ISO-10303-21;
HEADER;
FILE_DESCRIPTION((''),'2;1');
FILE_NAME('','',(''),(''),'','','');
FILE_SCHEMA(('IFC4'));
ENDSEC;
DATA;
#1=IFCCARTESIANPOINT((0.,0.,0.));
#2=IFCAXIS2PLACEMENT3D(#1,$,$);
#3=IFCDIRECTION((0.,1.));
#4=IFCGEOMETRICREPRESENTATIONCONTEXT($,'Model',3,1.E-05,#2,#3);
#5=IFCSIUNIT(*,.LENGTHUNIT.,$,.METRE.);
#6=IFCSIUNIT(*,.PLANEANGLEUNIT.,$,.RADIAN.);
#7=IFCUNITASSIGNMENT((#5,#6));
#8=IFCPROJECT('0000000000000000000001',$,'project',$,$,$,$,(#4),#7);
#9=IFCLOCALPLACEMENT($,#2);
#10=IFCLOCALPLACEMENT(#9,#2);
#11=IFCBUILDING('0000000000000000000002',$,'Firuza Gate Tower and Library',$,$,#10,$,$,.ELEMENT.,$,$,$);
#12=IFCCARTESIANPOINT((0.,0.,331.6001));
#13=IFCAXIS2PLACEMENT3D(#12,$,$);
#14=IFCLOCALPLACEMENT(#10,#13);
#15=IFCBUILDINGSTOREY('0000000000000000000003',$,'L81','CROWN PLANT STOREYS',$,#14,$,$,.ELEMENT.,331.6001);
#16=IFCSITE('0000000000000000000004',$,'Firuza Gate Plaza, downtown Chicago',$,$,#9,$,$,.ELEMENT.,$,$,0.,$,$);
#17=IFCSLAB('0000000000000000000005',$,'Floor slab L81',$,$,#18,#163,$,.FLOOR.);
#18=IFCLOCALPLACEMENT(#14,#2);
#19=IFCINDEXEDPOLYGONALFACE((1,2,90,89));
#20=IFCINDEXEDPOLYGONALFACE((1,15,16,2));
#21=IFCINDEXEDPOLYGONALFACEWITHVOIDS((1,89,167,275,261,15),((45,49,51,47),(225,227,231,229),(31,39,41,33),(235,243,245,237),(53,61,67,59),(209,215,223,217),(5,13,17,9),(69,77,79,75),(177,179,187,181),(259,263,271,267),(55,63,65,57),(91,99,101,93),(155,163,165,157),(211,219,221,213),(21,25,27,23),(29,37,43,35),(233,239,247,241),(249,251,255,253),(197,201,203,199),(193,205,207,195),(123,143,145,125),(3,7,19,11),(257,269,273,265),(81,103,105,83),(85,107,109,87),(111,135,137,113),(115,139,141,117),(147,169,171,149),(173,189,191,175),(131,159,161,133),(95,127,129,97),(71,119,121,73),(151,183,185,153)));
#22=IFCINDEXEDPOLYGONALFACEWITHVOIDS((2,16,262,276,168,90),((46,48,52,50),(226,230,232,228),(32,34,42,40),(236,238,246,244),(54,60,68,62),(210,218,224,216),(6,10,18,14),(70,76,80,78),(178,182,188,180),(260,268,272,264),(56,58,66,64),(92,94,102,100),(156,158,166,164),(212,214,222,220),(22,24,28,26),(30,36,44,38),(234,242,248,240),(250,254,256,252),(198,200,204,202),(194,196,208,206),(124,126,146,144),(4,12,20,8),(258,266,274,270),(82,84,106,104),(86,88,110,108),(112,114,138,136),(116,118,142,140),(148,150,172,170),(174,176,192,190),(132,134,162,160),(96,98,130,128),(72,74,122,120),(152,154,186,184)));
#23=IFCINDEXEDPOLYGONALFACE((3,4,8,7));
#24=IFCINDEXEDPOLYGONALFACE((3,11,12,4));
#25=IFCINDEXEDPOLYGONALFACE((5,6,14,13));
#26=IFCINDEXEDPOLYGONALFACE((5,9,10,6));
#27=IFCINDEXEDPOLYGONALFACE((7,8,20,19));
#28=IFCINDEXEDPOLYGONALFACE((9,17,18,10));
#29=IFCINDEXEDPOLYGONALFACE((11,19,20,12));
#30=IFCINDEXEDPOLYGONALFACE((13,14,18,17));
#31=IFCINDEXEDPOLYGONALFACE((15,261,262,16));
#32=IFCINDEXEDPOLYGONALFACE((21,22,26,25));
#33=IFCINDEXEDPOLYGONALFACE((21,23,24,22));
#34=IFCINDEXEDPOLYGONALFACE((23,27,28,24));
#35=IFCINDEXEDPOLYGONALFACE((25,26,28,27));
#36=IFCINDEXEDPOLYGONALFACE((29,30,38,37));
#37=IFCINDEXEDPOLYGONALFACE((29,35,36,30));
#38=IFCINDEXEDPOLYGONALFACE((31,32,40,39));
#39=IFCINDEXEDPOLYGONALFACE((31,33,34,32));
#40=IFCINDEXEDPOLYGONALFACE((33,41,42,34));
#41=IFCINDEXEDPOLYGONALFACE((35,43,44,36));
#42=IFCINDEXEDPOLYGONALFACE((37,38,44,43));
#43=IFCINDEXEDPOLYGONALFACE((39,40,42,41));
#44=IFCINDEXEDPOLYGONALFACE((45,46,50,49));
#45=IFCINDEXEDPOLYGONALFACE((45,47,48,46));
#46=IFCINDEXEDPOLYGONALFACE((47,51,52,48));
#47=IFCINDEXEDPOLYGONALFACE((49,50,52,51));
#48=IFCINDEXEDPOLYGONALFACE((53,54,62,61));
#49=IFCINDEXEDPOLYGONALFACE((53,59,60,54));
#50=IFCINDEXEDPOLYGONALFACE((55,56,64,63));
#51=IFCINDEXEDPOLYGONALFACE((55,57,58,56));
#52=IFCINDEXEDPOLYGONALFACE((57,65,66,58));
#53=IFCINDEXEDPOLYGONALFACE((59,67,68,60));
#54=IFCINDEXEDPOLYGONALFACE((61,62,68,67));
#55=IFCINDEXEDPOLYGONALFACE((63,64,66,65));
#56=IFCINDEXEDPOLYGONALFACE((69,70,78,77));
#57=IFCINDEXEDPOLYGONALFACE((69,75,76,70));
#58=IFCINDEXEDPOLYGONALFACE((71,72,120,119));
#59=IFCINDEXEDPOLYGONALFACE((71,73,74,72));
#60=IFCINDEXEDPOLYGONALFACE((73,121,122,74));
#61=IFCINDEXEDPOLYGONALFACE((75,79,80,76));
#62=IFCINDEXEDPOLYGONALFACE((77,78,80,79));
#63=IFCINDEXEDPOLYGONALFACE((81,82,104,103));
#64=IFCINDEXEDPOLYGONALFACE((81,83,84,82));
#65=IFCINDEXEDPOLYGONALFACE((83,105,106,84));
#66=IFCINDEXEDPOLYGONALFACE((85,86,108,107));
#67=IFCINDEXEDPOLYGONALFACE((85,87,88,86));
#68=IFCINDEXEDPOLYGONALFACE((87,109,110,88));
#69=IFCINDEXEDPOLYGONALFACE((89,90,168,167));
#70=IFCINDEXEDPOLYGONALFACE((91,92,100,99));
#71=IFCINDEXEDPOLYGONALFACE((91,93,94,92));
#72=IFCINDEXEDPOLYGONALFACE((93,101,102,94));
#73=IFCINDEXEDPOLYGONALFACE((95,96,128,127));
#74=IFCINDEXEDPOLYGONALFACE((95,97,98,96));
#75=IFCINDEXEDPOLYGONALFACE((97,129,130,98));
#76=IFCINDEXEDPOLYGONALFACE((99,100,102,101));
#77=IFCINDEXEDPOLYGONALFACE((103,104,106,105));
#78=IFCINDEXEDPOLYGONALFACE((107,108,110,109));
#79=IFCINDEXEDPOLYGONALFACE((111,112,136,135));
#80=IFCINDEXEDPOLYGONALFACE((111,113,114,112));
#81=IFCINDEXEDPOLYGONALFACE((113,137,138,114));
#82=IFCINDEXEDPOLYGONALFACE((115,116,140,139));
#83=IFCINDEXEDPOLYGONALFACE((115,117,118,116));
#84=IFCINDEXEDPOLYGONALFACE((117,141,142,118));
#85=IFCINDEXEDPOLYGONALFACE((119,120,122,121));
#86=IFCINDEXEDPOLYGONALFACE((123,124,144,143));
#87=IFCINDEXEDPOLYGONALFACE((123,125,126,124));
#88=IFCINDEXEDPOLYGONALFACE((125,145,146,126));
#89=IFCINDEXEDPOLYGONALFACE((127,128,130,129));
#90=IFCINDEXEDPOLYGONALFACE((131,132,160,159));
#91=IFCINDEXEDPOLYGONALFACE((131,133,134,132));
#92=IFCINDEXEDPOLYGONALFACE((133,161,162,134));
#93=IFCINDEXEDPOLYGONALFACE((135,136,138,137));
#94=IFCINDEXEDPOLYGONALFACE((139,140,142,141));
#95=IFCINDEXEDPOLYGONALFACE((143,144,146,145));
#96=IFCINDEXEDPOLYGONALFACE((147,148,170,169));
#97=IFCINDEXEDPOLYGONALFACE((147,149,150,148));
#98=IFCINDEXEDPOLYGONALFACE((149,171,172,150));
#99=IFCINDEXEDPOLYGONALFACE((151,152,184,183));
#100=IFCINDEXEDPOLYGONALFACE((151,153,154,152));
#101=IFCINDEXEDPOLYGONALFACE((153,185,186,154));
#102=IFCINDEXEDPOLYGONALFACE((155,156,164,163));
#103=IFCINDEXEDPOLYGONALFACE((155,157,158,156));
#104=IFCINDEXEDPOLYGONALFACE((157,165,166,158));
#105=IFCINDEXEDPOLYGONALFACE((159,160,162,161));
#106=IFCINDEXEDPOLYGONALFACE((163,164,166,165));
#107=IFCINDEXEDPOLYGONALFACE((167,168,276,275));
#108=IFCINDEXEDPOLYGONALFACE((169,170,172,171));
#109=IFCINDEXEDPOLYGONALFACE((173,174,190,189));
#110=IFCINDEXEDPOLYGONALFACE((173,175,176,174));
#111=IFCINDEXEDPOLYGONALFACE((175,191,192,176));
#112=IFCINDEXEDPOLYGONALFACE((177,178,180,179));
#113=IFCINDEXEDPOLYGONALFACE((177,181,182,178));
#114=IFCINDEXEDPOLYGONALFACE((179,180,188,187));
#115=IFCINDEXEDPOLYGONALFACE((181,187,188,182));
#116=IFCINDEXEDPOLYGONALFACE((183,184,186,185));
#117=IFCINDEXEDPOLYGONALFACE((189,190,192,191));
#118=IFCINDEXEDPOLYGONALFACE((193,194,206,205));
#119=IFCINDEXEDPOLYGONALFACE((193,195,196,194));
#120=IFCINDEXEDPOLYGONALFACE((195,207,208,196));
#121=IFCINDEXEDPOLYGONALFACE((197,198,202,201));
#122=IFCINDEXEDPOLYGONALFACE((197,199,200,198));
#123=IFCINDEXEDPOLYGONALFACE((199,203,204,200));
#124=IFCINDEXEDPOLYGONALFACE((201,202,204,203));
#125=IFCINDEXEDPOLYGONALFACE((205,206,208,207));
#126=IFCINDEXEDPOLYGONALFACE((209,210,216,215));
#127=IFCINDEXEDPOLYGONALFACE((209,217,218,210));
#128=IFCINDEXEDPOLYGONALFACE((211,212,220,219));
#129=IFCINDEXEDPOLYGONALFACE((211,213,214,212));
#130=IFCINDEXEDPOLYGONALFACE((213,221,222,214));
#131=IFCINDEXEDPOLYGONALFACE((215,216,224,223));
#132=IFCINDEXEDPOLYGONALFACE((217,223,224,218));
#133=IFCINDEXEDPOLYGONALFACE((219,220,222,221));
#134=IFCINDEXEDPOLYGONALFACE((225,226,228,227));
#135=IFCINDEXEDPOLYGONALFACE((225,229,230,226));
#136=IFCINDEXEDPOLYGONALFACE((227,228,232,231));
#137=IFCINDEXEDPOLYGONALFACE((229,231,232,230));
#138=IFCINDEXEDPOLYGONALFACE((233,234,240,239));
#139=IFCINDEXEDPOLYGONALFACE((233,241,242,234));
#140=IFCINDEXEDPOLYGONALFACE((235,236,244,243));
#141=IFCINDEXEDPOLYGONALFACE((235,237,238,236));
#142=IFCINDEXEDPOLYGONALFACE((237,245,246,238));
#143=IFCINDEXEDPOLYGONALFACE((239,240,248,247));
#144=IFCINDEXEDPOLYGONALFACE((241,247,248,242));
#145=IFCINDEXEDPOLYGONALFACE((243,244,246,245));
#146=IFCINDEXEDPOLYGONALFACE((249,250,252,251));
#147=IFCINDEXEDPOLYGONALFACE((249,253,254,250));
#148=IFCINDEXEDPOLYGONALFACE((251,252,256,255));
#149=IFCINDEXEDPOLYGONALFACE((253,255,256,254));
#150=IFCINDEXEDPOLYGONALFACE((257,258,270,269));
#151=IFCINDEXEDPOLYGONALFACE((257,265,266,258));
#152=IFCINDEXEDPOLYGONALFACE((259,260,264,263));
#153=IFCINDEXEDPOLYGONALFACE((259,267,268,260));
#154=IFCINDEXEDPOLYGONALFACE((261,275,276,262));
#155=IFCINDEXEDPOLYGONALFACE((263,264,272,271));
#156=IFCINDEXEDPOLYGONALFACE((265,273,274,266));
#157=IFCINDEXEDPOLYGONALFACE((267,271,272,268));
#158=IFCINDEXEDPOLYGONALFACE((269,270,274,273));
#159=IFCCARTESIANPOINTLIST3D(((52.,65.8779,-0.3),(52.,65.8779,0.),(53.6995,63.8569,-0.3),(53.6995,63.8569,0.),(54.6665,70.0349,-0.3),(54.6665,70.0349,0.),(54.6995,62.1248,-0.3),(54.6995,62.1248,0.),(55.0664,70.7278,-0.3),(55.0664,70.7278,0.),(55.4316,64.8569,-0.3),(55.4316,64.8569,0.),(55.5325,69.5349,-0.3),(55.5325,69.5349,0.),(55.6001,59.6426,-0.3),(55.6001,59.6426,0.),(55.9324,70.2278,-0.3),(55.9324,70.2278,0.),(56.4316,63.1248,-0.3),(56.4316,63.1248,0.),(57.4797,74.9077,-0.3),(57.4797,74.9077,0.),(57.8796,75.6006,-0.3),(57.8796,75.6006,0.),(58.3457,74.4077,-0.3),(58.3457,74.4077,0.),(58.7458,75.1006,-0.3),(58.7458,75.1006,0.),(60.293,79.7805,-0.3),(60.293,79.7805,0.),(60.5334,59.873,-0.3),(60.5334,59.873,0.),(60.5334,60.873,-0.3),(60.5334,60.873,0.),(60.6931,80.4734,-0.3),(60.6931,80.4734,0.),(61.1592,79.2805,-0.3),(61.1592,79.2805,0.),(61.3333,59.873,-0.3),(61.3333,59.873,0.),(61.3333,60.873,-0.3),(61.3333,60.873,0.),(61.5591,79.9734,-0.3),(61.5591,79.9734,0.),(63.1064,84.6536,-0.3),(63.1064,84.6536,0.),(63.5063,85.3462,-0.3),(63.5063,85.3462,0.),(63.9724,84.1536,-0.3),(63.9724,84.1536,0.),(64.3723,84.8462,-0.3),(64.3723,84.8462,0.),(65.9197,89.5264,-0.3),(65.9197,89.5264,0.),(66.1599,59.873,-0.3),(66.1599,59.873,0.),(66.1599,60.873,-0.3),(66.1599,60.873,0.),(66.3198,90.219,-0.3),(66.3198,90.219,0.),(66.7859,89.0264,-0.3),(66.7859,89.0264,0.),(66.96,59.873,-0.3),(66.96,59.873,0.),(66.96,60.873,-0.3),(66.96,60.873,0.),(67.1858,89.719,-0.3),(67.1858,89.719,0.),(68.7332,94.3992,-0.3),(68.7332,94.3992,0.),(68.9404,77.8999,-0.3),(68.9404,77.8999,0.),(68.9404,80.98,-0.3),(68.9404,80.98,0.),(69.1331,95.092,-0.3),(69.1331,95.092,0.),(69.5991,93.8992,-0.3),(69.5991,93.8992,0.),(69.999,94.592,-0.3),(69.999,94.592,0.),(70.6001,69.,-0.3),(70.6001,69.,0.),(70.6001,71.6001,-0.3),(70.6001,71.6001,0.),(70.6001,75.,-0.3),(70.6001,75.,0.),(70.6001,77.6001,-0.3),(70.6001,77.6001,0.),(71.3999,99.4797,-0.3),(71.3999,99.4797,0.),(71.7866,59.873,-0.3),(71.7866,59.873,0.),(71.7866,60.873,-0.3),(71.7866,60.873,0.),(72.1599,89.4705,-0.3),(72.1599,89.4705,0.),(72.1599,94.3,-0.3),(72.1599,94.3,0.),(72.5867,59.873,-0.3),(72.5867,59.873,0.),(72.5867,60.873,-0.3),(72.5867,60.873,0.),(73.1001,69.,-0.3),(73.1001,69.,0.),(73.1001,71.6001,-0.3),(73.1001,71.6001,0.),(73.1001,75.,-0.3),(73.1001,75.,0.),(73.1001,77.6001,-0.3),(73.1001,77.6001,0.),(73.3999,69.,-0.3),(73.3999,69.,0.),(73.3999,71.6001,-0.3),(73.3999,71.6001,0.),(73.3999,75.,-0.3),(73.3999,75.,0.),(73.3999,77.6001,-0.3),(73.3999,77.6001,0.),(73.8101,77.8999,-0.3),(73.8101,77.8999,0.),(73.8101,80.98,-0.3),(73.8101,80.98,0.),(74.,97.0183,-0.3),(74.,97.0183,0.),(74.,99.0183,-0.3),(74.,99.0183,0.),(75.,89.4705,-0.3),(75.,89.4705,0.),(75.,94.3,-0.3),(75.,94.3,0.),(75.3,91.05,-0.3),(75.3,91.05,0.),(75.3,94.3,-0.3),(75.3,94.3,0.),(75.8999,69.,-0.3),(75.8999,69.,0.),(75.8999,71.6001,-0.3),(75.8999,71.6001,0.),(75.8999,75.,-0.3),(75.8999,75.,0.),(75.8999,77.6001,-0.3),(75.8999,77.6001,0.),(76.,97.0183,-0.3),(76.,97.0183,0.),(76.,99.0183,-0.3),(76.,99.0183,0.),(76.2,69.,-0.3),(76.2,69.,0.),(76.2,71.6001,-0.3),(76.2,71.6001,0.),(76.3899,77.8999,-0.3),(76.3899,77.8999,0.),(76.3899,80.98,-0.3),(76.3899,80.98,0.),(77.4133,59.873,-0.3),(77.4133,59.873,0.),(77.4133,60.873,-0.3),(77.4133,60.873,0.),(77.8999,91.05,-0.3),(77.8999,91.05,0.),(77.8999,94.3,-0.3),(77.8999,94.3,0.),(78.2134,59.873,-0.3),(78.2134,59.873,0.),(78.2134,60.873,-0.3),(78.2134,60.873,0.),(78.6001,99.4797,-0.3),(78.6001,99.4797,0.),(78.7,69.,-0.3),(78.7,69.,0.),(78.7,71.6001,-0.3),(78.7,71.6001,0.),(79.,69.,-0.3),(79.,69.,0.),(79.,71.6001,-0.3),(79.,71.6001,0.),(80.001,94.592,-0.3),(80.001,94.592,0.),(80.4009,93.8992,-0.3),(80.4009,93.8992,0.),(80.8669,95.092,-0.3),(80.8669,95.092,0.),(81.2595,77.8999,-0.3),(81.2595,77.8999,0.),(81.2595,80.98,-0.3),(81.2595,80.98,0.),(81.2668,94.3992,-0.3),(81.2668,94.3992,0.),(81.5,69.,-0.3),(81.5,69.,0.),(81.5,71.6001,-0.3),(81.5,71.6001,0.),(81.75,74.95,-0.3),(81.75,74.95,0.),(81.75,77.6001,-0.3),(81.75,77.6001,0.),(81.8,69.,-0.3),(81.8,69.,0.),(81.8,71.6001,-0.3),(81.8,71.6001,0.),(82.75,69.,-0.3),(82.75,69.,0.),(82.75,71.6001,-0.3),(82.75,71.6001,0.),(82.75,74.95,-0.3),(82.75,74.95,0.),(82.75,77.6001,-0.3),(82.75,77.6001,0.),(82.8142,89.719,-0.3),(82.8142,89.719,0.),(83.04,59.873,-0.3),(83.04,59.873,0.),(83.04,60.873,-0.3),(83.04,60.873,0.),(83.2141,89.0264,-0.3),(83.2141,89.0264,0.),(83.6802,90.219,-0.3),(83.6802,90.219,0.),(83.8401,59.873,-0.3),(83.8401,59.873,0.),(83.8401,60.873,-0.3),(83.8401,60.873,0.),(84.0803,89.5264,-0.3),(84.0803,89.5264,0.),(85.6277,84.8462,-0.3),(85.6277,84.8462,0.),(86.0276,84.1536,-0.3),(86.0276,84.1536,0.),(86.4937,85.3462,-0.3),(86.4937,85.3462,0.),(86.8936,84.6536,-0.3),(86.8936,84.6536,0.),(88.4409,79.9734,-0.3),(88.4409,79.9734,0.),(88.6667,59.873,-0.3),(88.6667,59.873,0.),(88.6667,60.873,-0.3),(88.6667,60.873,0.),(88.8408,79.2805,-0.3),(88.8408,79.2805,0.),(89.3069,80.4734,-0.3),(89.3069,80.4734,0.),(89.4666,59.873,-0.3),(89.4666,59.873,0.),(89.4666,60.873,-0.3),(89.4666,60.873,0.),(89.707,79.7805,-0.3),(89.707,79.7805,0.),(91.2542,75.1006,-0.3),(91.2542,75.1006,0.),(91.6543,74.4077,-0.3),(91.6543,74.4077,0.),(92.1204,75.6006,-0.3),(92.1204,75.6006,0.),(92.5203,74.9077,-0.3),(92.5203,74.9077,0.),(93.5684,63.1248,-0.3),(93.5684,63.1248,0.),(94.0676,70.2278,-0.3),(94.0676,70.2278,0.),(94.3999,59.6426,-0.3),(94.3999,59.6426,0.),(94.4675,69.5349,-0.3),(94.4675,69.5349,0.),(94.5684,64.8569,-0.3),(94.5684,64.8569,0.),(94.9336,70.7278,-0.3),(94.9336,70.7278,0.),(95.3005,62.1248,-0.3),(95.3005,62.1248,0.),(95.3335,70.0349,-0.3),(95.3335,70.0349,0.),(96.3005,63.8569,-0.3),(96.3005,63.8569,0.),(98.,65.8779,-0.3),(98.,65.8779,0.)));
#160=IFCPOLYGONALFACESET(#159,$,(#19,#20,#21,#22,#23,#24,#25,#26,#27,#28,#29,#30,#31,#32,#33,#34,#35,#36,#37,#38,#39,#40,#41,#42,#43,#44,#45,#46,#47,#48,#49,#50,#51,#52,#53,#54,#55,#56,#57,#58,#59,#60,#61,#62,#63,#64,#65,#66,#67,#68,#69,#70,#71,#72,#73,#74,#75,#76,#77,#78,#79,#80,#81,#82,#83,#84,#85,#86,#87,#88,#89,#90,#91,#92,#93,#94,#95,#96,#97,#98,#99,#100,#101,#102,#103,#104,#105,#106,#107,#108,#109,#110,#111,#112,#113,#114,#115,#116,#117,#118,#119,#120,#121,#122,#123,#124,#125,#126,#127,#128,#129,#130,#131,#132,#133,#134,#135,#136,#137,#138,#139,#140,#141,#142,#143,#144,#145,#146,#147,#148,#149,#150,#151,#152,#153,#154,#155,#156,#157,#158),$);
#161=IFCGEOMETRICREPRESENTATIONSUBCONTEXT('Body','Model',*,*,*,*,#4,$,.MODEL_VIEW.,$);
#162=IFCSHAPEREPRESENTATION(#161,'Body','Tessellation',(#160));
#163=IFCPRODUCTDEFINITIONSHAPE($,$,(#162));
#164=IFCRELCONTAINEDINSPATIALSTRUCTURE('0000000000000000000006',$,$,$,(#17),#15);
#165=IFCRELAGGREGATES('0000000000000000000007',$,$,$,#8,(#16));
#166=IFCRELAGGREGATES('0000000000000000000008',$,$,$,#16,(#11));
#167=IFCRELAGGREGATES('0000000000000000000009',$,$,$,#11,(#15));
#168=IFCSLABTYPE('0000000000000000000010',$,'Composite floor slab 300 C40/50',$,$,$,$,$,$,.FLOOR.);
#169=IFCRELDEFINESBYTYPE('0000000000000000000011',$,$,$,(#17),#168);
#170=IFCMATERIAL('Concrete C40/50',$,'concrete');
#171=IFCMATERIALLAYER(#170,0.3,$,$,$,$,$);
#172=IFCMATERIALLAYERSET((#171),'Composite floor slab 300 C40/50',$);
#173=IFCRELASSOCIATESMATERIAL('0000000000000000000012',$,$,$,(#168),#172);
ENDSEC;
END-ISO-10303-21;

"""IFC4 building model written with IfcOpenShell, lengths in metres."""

from ifc_helpers import new_model, si_unit, direction, frame, origin, place, context, subcontext, project, spatial, polyline, outline, extrude, material, layer, layer_set, type_object, element, save


model = new_model("IFC4")

# Units and contexts
model_context = context("Model", 3, precision=1e-05, world=origin(), true_north=direction((0.0, 1.0)))
body_context = subcontext(model_context, "Body", "Model", "MODEL_VIEW")
ifc_project = project(units=[si_unit("LENGTHUNIT", "METRE"), si_unit("PLANEANGLEUNIT", "RADIAN")], contexts=[model_context])

# Site, building, storey
site_placement = place(None, origin())
site = spatial("IfcSite", under=ifc_project, at=site_placement, Name="Firuza Gate Plaza, downtown Chicago", CompositionType="ELEMENT", RefElevation=0.0)
building_placement = place(site_placement, origin())
building = spatial("IfcBuilding", under=site, at=building_placement, Name="Firuza Gate Tower and Library", CompositionType="ELEMENT")
storey_placement = place(building_placement, frame((0.0, 0.0, 331.6001)))
storey = spatial("IfcBuildingStorey", under=building, at=storey_placement, Name="L81", Description="CROWN PLANT STOREYS", CompositionType="ELEMENT", Elevation=331.6001)

# Slab
ifc_material_1 = material(Name="Concrete C40/50", Category="concrete")
ifc_layer_1 = layer(ifc_material_1, 0.3)
ifc_layer_set_1 = layer_set([ifc_layer_1], Name="Composite floor slab 300 C40/50")
slab_type_1 = type_object("IfcSlabType", Name="Composite floor slab 300 C40/50", PredefinedType="FLOOR", material=ifc_layer_set_1)
slab_1_placement = place(storey_placement, frame((0.0, 0.0, -0.3)))
element("IfcSlab", 1, at=slab_1_placement, inside=storey, type_object=slab_type_1, Name="Floor slab L81", PredefinedType="FLOOR", context=body_context, shape_type="SweptSolid", body=[
    extrude(outline(polyline([(52.0, 65.8779), (55.6001, 59.6426), (94.3999, 59.6426), (98.0, 65.8779), (78.6001, 99.4797), (71.3999, 99.4797), (52.0, 65.8779)]), holes=[polyline([(60.5334, 59.873), (60.5334, 60.873), (61.3333, 60.873), (61.3333, 59.873), (60.5334, 59.873)]), polyline([(66.1599, 59.873), (66.1599, 60.873), (66.96, 60.873), (66.96, 59.873), (66.1599, 59.873)]), polyline([(71.7866, 59.873), (71.7866, 60.873), (72.5867, 60.873), (72.5867, 59.873), (71.7866, 59.873)]), polyline([(53.6995, 63.8569), (55.4316, 64.8569), (56.4316, 63.1248), (54.6995, 62.1248), (53.6995, 63.8569)]), polyline([(55.0664, 70.7278), (55.9324, 70.2278), (55.5325, 69.5349), (54.6665, 70.0349), (55.0664, 70.7278)]), polyline([(73.1001, 69.0), (70.6001, 69.0), (70.6001, 71.6001), (73.1001, 71.6001), (73.1001, 69.0)]), polyline([(75.8999, 69.0), (73.3999, 69.0), (73.3999, 71.6001), (75.8999, 71.6001), (75.8999, 69.0)]), polyline([(57.8796, 75.6006), (58.7458, 75.1006), (58.3457, 74.4077), (57.4797, 74.9077), (57.8796, 75.6006)]), polyline([(73.1001, 75.0), (70.6001, 75.0), (70.6001, 77.6001), (73.1001, 77.6001), (73.1001, 75.0)]), polyline([(75.8999, 75.0), (73.3999, 75.0), (73.3999, 77.6001), (75.8999, 77.6001), (75.8999, 75.0)]), polyline([(68.9404, 77.8999), (68.9404, 80.98), (73.8101, 80.98), (73.8101, 77.8999), (68.9404, 77.8999)]), polyline([(60.6931, 80.4734), (61.5591, 79.9734), (61.1592, 79.2805), (60.293, 79.7805), (60.6931, 80.4734)]), polyline([(63.5063, 85.3462), (64.3723, 84.8462), (63.9724, 84.1536), (63.1064, 84.6536), (63.5063, 85.3462)]), polyline([(66.3198, 90.219), (67.1858, 89.719), (66.7859, 89.0264), (65.9197, 89.5264), (66.3198, 90.219)]), polyline([(72.1599, 89.4705), (72.1599, 94.3), (75.0, 94.3), (75.0, 89.4705), (72.1599, 89.4705)]), polyline([(69.1331, 95.092), (69.999, 94.592), (69.5991, 93.8992), (68.7332, 94.3992), (69.1331, 95.092)]), polyline([(76.0, 99.0183), (76.0, 97.0183), (74.0, 97.0183), (74.0, 99.0183), (76.0, 99.0183)]), polyline([(77.4133, 59.873), (77.4133, 60.873), (78.2134, 60.873), (78.2134, 59.873), (77.4133, 59.873)]), polyline([(83.04, 59.873), (83.04, 60.873), (83.8401, 60.873), (83.8401, 59.873), (83.04, 59.873)]), polyline([(88.6667, 59.873), (88.6667, 60.873), (89.4666, 60.873), (89.4666, 59.873), (88.6667, 59.873)]), polyline([(95.3005, 62.1248), (93.5684, 63.1248), (94.5684, 64.8569), (96.3005, 63.8569), (95.3005, 62.1248)]), polyline([(95.3335, 70.0349), (94.4675, 69.5349), (94.0676, 70.2278), (94.9336, 70.7278), (95.3335, 70.0349)]), polyline([(78.7, 69.0), (76.2, 69.0), (76.2, 71.6001), (78.7, 71.6001), (78.7, 69.0)]), polyline([(81.5, 69.0), (79.0, 69.0), (79.0, 71.6001), (81.5, 71.6001), (81.5, 69.0)]), polyline([(82.75, 69.0), (81.8, 69.0), (81.8, 71.6001), (82.75, 71.6001), (82.75, 69.0)]), polyline([(92.5203, 74.9077), (91.6543, 74.4077), (91.2542, 75.1006), (92.1204, 75.6006), (92.5203, 74.9077)]), polyline([(82.75, 74.95), (81.75, 74.95), (81.75, 77.6001), (82.75, 77.6001), (82.75, 74.95)]), polyline([(81.2595, 80.98), (81.2595, 77.8999), (76.3899, 77.8999), (76.3899, 80.98), (81.2595, 80.98)]), polyline([(89.707, 79.7805), (88.8408, 79.2805), (88.4409, 79.9734), (89.3069, 80.4734), (89.707, 79.7805)]), polyline([(86.8936, 84.6536), (86.0276, 84.1536), (85.6277, 84.8462), (86.4937, 85.3462), (86.8936, 84.6536)]), polyline([(84.0803, 89.5264), (83.2141, 89.0264), (82.8142, 89.719), (83.6802, 90.219), (84.0803, 89.5264)]), polyline([(75.3, 91.05), (75.3, 94.3), (77.8999, 94.3), (77.8999, 91.05), (75.3, 91.05)]), polyline([(80.4009, 93.8992), (80.001, 94.592), (80.8669, 95.092), (81.2668, 94.3992), (80.4009, 93.8992)])]), origin(), (0.0, 0.0, 1.0), 0.3),
])

save(model, "model.ifc")
